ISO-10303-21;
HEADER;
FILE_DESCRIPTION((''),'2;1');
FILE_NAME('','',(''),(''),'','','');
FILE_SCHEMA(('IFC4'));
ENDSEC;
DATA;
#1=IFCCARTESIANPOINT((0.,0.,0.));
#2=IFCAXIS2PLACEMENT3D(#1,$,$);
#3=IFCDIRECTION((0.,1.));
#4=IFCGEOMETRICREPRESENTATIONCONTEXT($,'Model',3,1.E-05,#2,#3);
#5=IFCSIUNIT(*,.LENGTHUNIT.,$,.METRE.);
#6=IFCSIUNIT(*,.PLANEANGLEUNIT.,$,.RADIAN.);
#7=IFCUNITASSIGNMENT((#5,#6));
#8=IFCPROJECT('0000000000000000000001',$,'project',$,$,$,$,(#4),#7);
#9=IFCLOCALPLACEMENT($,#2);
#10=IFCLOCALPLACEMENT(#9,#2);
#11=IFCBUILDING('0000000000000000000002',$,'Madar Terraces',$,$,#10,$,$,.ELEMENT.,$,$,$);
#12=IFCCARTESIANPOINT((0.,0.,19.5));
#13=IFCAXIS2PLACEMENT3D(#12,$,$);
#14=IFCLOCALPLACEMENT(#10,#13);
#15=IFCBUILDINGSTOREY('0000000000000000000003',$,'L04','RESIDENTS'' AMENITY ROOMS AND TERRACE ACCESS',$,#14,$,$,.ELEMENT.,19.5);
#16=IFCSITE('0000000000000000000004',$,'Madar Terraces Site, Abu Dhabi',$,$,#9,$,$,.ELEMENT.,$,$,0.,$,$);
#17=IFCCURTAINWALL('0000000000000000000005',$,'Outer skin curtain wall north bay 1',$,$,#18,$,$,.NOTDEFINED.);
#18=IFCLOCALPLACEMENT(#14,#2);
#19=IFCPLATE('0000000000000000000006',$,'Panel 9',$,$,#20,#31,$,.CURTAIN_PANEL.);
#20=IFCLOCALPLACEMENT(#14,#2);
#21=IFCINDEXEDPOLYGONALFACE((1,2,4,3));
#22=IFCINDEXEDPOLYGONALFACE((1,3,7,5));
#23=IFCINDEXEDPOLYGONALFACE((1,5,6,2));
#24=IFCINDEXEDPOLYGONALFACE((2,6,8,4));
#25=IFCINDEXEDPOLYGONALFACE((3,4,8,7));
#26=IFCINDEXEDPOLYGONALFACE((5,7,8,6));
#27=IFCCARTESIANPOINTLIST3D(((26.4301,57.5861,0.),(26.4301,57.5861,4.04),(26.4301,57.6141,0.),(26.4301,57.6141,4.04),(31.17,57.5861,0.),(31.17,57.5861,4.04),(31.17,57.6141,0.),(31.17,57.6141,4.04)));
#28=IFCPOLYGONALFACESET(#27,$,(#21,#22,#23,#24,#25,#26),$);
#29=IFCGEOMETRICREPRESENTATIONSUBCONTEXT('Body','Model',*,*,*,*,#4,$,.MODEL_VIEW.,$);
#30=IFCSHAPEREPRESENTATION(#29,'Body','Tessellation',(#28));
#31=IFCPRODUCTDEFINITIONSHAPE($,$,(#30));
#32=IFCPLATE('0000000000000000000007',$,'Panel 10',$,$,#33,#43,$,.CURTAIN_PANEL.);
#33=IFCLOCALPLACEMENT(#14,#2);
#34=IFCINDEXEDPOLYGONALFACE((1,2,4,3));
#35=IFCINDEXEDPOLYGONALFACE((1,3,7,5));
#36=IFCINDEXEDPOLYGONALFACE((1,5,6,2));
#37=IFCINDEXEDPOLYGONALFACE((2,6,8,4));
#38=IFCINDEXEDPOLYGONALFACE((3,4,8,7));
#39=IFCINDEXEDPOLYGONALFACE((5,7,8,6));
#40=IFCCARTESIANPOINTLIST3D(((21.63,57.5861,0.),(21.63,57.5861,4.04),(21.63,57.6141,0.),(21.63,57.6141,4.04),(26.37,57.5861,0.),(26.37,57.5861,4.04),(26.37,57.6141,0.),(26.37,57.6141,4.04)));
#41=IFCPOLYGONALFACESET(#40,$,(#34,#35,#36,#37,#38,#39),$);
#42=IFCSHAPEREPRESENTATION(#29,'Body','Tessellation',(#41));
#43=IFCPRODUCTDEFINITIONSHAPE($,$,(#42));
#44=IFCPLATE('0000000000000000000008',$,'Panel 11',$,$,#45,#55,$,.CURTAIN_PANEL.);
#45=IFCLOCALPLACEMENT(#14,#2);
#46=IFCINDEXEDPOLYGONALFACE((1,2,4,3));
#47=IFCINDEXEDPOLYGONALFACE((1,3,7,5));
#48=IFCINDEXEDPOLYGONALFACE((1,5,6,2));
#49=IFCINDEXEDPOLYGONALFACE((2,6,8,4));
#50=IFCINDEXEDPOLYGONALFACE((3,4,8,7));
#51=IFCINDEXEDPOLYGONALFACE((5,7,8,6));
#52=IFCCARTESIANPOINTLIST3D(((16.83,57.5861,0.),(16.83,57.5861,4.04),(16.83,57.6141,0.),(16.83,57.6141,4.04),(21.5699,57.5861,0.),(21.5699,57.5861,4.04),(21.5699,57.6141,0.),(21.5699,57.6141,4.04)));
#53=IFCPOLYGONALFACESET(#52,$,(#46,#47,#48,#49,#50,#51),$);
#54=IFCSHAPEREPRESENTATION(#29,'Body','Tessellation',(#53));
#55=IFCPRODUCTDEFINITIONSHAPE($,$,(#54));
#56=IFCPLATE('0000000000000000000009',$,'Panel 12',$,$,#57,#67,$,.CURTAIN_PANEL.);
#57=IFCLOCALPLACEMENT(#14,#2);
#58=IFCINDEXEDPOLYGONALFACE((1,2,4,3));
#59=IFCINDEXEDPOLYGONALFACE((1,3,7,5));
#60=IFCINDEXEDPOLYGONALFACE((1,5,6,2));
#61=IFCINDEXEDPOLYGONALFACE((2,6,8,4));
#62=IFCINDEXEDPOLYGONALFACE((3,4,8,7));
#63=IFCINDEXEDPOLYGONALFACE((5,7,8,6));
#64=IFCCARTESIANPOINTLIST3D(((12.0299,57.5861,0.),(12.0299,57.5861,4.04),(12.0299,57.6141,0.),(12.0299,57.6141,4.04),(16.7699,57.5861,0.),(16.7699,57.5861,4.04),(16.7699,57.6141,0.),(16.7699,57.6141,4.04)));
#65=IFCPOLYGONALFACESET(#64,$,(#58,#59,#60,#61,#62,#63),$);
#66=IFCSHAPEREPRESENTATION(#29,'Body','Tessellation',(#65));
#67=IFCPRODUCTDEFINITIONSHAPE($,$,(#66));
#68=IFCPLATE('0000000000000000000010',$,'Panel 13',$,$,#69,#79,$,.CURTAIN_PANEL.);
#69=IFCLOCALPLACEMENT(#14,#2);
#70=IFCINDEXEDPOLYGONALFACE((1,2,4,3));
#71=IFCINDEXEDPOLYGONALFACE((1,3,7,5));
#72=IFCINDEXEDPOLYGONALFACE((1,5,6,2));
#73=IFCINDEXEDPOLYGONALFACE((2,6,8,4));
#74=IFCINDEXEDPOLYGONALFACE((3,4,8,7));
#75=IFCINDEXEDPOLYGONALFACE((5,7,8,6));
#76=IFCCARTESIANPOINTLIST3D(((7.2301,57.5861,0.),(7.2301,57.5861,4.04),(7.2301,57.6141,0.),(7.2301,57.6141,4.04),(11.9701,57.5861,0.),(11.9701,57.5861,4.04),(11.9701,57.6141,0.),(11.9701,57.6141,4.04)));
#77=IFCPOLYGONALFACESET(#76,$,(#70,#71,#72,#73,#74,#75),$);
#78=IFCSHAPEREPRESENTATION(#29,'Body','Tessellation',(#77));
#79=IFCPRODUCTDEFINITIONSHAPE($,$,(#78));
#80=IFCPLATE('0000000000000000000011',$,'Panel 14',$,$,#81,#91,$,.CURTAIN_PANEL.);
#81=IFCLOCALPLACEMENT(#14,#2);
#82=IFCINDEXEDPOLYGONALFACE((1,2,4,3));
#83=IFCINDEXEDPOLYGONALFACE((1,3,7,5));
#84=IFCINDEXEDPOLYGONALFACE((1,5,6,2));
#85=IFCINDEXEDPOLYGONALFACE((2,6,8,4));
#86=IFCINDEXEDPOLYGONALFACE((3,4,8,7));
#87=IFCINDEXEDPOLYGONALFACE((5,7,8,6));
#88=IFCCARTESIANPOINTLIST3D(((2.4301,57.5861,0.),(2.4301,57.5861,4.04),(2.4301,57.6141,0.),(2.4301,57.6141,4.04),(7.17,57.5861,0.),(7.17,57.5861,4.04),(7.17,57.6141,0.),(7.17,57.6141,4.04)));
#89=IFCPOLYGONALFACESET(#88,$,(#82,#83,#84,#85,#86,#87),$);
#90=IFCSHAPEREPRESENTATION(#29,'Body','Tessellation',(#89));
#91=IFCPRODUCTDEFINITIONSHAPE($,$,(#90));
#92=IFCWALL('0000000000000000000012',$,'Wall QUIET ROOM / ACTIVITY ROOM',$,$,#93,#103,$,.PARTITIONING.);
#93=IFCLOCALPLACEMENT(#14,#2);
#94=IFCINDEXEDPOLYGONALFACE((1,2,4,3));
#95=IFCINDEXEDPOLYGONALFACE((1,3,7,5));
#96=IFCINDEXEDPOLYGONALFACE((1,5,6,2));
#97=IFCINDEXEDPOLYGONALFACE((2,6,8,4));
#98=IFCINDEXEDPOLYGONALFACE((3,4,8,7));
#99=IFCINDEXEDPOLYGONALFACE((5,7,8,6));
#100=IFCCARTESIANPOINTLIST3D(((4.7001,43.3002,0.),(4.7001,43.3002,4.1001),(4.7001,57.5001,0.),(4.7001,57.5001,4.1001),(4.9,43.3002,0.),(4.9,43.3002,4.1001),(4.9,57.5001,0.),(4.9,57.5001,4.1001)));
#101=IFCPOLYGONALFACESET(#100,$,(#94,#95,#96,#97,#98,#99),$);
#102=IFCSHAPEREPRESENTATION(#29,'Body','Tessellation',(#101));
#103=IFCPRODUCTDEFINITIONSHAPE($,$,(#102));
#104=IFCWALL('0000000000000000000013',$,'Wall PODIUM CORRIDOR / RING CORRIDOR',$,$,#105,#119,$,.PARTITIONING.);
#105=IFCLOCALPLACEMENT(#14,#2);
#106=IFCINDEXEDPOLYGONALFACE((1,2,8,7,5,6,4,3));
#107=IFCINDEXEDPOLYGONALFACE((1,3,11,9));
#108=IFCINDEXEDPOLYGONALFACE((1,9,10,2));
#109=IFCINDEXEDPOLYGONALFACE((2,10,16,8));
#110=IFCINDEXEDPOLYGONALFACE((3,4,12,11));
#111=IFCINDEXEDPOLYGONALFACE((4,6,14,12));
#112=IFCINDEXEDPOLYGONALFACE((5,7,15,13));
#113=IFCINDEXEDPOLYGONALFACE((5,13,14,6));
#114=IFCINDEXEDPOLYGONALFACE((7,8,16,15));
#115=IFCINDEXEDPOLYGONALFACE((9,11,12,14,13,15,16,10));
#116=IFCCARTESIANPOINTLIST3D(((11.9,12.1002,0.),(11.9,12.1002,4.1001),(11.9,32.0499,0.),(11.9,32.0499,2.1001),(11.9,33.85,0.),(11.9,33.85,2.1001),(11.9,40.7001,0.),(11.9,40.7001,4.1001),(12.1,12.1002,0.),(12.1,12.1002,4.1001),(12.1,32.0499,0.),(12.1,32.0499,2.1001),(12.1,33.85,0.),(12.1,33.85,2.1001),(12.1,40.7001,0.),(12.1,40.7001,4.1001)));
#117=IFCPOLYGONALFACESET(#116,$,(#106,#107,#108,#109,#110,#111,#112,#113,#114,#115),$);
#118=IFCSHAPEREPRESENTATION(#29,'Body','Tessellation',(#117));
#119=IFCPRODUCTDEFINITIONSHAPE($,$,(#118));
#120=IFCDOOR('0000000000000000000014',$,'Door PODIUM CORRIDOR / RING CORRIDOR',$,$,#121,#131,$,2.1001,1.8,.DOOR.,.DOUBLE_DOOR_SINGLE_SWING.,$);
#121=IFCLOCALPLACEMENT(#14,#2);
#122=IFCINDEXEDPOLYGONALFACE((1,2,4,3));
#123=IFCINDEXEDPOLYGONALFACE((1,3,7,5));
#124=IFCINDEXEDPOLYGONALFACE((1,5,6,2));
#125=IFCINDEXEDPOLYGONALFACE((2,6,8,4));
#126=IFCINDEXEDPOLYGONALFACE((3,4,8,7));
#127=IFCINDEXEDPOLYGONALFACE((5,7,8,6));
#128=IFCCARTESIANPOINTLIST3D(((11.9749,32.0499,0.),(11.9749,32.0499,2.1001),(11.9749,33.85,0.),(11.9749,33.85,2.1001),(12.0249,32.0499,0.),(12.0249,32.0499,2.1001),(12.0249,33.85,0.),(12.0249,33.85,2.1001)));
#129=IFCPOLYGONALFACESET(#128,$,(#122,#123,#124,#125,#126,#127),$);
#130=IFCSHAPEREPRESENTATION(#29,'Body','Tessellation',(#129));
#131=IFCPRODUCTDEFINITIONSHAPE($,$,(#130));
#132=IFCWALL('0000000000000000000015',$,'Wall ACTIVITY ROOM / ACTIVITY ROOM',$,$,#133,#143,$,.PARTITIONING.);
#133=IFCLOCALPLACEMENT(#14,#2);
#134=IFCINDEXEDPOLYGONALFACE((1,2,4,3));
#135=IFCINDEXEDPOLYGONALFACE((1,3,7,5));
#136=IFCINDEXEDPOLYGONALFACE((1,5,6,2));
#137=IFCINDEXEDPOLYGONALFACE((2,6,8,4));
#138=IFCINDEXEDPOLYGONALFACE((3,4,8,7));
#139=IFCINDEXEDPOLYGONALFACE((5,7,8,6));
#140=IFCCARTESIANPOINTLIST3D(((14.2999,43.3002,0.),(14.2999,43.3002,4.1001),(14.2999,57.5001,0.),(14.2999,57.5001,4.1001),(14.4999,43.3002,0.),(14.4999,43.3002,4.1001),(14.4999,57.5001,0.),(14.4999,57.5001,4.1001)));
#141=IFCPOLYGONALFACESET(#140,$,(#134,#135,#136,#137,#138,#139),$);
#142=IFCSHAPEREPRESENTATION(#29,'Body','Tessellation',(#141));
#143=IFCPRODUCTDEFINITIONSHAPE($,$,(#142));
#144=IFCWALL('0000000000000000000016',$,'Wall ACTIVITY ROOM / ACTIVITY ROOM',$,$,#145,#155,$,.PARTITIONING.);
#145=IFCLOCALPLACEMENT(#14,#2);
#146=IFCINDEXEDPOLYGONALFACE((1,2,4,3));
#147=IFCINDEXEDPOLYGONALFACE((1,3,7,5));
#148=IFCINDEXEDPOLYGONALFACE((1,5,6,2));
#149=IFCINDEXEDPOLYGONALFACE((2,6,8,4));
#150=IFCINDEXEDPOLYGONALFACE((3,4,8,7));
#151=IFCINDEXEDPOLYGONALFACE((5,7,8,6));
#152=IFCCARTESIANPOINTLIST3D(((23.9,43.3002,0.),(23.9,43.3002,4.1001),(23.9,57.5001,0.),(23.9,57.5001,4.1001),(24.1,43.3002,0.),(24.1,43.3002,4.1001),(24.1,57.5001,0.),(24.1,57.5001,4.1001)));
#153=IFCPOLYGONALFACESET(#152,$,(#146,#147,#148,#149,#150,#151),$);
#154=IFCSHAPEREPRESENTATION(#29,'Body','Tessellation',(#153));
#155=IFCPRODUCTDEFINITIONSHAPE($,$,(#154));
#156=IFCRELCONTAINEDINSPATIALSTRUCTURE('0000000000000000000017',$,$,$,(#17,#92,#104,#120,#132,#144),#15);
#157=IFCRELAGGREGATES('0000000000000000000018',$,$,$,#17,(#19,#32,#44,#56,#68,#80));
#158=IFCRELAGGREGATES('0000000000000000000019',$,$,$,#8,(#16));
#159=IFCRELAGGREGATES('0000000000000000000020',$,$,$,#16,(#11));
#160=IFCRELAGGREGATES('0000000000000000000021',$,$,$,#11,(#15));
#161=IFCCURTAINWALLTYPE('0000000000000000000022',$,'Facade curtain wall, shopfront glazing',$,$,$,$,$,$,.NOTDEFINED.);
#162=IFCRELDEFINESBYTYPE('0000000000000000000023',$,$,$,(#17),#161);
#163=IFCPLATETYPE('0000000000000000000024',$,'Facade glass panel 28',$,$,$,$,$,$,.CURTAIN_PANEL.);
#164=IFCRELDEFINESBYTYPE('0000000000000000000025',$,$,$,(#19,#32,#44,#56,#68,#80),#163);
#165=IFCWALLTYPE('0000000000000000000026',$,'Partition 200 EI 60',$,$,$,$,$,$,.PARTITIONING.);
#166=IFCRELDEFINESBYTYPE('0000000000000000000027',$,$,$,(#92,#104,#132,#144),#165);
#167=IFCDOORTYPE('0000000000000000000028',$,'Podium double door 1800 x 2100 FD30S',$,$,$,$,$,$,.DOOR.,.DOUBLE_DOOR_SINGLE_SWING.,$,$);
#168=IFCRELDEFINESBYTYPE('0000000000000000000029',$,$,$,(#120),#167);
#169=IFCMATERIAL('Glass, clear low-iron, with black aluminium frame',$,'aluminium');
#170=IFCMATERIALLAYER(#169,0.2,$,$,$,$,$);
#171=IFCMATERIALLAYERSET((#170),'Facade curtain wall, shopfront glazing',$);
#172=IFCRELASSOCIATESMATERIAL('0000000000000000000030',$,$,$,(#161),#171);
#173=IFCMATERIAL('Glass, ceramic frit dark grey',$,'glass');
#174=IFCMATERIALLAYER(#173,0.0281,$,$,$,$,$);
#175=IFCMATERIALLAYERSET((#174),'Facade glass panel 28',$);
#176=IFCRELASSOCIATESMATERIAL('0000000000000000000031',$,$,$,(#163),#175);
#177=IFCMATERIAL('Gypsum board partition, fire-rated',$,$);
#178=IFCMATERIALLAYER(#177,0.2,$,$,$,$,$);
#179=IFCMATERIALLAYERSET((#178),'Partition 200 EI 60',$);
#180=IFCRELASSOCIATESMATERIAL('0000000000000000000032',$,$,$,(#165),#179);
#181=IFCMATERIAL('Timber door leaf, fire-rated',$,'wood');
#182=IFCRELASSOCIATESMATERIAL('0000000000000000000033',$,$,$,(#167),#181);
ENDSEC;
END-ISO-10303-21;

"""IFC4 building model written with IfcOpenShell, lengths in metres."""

from ifc_helpers import new_model, si_unit, direction, frame, frame_2d, origin, origin_2d, place, context, subcontext, project, spatial, rectangle, extrude, material, layer, layer_set, type_object, element, fill, aggregate, save


model = new_model("IFC4")

# Units and contexts
model_context = context("Model", 3, precision=1e-05, world=origin(), true_north=direction((0.0, 1.0)))
body_context = subcontext(model_context, "Body", "Model", "MODEL_VIEW")
ifc_project = project(units=[si_unit("LENGTHUNIT", "METRE"), si_unit("PLANEANGLEUNIT", "RADIAN")], contexts=[model_context])

# Site, building, storey
site_placement = place(None, origin())
site = spatial("IfcSite", under=ifc_project, at=site_placement, Name="Madar Terraces Site, Abu Dhabi", CompositionType="ELEMENT", RefElevation=0.0)
building_placement = place(site_placement, origin())
building = spatial("IfcBuilding", under=site, at=building_placement, Name="Madar Terraces", CompositionType="ELEMENT")
storey_placement = place(building_placement, frame((0.0, 0.0, 19.5)))
storey = spatial("IfcBuildingStorey", under=building, at=storey_placement, Name="L04", Description="RESIDENTS' AMENITY ROOMS AND TERRACE ACCESS", CompositionType="ELEMENT", Elevation=19.5)

# Curtain wall, plates
ifc_material_1 = material(Name="Glass, clear low-iron, with black aluminium frame", Category="aluminium")
ifc_layer_1 = layer(ifc_material_1, 0.2)
ifc_layer_set_1 = layer_set([ifc_layer_1], Name="Facade curtain wall, shopfront glazing")
curtain_wall_type = type_object("IfcCurtainWallType", Name="Facade curtain wall, shopfront glazing", PredefinedType="NOTDEFINED", material=ifc_layer_set_1)
curtain_wall_placement = place(storey_placement, origin())
curtain_wall = element("IfcCurtainWall", 1, at=curtain_wall_placement, inside=storey, type_object=curtain_wall_type, Name="Outer skin curtain wall north bay 1", PredefinedType="NOTDEFINED")
ifc_material_2 = material(Name="Glass, ceramic frit dark grey", Category="glass")
ifc_layer_2 = layer(ifc_material_2, 0.0281)
ifc_layer_set_2 = layer_set([ifc_layer_2], Name="Facade glass panel 28")
plate_type = type_object("IfcPlateType", Name="Facade glass panel 28", PredefinedType="CURTAIN_PANEL", material=ifc_layer_set_2)
plate_1_placement = place(storey_placement, frame((28.8, 57.6001, 0.0), z_axis=(0.0, 0.0, 1.0), x_axis=(-1.0, 0.0, 0.0)))
plate_1 = element("IfcPlate", 2, at=plate_1_placement, type_object=plate_type, Name="Panel 9", PredefinedType="CURTAIN_PANEL", context=body_context, shape_type="SweptSolid", body=[
    extrude(rectangle(XDim=4.74, YDim=0.0281, at=origin_2d()), origin(), (0.0, 0.0, 1.0), 4.04),
])
plate_2_placement = place(storey_placement, frame((24.0, 57.6001, 0.0), z_axis=(0.0, 0.0, 1.0), x_axis=(-1.0, 0.0, 0.0)))
plate_2 = element("IfcPlate", 3, at=plate_2_placement, type_object=plate_type, Name="Panel 10", PredefinedType="CURTAIN_PANEL", context=body_context, shape_type="SweptSolid", body=[
    extrude(rectangle(XDim=4.74, YDim=0.0281, at=origin_2d()), origin(), (0.0, 0.0, 1.0), 4.04),
])
plate_3_placement = place(storey_placement, frame((19.2, 57.6001, 0.0), z_axis=(0.0, 0.0, 1.0), x_axis=(-1.0, 0.0, 0.0)))
plate_3 = element("IfcPlate", 4, at=plate_3_placement, type_object=plate_type, Name="Panel 11", PredefinedType="CURTAIN_PANEL", context=body_context, shape_type="SweptSolid", body=[
    extrude(rectangle(XDim=4.74, YDim=0.0281, at=origin_2d()), origin(), (0.0, 0.0, 1.0), 4.04),
])
plate_4_placement = place(storey_placement, frame((14.3999, 57.6001, 0.0), z_axis=(0.0, 0.0, 1.0), x_axis=(-1.0, 0.0, 0.0)))
plate_4 = element("IfcPlate", 5, at=plate_4_placement, type_object=plate_type, Name="Panel 12", PredefinedType="CURTAIN_PANEL", context=body_context, shape_type="SweptSolid", body=[
    extrude(rectangle(XDim=4.74, YDim=0.0281, at=origin_2d()), origin(), (0.0, 0.0, 1.0), 4.04),
])
plate_5_placement = place(storey_placement, frame((9.6001, 57.6001, 0.0), z_axis=(0.0, 0.0, 1.0), x_axis=(-1.0, 0.0, 0.0)))
plate_5 = element("IfcPlate", 6, at=plate_5_placement, type_object=plate_type, Name="Panel 13", PredefinedType="CURTAIN_PANEL", context=body_context, shape_type="SweptSolid", body=[
    extrude(rectangle(XDim=4.74, YDim=0.0281, at=origin_2d()), origin(), (0.0, 0.0, 1.0), 4.04),
])
plate_6_placement = place(storey_placement, frame((4.8, 57.6001, 0.0), z_axis=(0.0, 0.0, 1.0), x_axis=(-1.0, 0.0, 0.0)))
plate_6 = element("IfcPlate", 7, at=plate_6_placement, type_object=plate_type, Name="Panel 14", PredefinedType="CURTAIN_PANEL", context=body_context, shape_type="SweptSolid", body=[
    extrude(rectangle(XDim=4.74, YDim=0.0281, at=origin_2d()), origin(), (0.0, 0.0, 1.0), 4.04),
])
aggregate(curtain_wall, [plate_1, plate_2, plate_3, plate_4, plate_5, plate_6])

# Wall
ifc_material_3 = material(Name="Gypsum board partition, fire-rated")
ifc_layer_3 = layer(ifc_material_3, 0.2)
ifc_layer_set_3 = layer_set([ifc_layer_3], Name="Partition 200 EI 60")
wall_type = type_object("IfcWallType", Name="Partition 200 EI 60", PredefinedType="PARTITIONING", material=ifc_layer_set_3)
wall_1_placement = place(storey_placement, frame((4.8, 43.3, 0.0), z_axis=(0.0, 0.0, 1.0), x_axis=(0.0, 1.0, 0.0)))
element("IfcWall", 8, at=wall_1_placement, inside=storey, type_object=wall_type, Name="Wall QUIET ROOM / ACTIVITY ROOM", PredefinedType="PARTITIONING", context=body_context, shape_type="SweptSolid", body=[
    extrude(rectangle(XDim=14.2, YDim=0.2, at=frame_2d((7.1001, 0.0))), origin(), (0.0, 0.0, 1.0), 4.1001),
])

# Wall, opening, door
wall_2_placement = place(storey_placement, frame((12.0, 40.7, 0.0), z_axis=(0.0, 0.0, 1.0), x_axis=(0.0, -1.0, 0.0)))
wall_2 = element("IfcWall", 9, at=wall_2_placement, inside=storey, type_object=wall_type, Name="Wall PODIUM CORRIDOR / RING CORRIDOR", PredefinedType="PARTITIONING", context=body_context, shape_type="SweptSolid", body=[
    extrude(rectangle(XDim=28.5999, YDim=0.2, at=frame_2d((14.2998, 0.0))), origin(), (0.0, 0.0, 1.0), 4.1001),
])
opening_placement = place(wall_2_placement, frame((6.8501, 0.0, 0.0)))
opening = element("IfcOpeningElement", 10, at=opening_placement, cuts=wall_2, PredefinedType="OPENING", context=body_context, shape_type="SweptSolid", body=[
    extrude(rectangle(XDim=1.8, YDim=2.1001, at=frame_2d((0.8999, 1.05))), frame((0.0, 0.1099, 0.0), z_axis=(0.0, -1.0, 0.0), x_axis=(1.0, 0.0, 0.0)), (0.0, 0.0, 1.0), 0.22),
])
ifc_material_4 = material(Name="Timber door leaf, fire-rated", Category="wood")
door_type = type_object("IfcDoorType", Name="Podium double door 1800 x 2100 FD30S", OperationType="DOUBLE_DOOR_SINGLE_SWING", PredefinedType="DOOR", material=ifc_material_4)
door_placement = place(opening_placement, origin())
door = element("IfcDoor", 11, at=door_placement, inside=storey, type_object=door_type, Name="Door PODIUM CORRIDOR / RING CORRIDOR", OperationType="DOUBLE_DOOR_SINGLE_SWING", OverallHeight=2.1001, OverallWidth=1.8, PredefinedType="DOOR", context=body_context, shape_type="SweptSolid", body=[
    extrude(rectangle(XDim=1.8, YDim=2.1001, at=frame_2d((0.8999, 1.05))), frame((0.0, 0.0249, 0.0), z_axis=(0.0, -1.0, 0.0), x_axis=(1.0, 0.0, 0.0)), (0.0, 0.0, 1.0), 0.05),
])
fill(opening, door)

# Walls
for number, where, z_axis, x_axis, name in (
    (12, (14.3999, 43.3, 0.0), (0.0, 0.0, 1.0), (0.0, 1.0, 0.0), "Wall ACTIVITY ROOM / ACTIVITY ROOM"),
    (13, (24.0, 43.3, 0.0), (0.0, 0.0, 1.0), (0.0, 1.0, 0.0), "Wall ACTIVITY ROOM / ACTIVITY ROOM"),
):
    element("IfcWall", number, at=place(storey_placement, frame(where, z_axis=z_axis, x_axis=x_axis)), inside=storey, type_object=wall_type, Name=name, PredefinedType="PARTITIONING", context=body_context, shape_type="SweptSolid", body=[
        extrude(rectangle(XDim=14.2, YDim=0.2, at=frame_2d((7.1001, 0.0))), origin(), (0.0, 0.0, 1.0), 4.1001),
    ])

save(model, "model.ifc")
